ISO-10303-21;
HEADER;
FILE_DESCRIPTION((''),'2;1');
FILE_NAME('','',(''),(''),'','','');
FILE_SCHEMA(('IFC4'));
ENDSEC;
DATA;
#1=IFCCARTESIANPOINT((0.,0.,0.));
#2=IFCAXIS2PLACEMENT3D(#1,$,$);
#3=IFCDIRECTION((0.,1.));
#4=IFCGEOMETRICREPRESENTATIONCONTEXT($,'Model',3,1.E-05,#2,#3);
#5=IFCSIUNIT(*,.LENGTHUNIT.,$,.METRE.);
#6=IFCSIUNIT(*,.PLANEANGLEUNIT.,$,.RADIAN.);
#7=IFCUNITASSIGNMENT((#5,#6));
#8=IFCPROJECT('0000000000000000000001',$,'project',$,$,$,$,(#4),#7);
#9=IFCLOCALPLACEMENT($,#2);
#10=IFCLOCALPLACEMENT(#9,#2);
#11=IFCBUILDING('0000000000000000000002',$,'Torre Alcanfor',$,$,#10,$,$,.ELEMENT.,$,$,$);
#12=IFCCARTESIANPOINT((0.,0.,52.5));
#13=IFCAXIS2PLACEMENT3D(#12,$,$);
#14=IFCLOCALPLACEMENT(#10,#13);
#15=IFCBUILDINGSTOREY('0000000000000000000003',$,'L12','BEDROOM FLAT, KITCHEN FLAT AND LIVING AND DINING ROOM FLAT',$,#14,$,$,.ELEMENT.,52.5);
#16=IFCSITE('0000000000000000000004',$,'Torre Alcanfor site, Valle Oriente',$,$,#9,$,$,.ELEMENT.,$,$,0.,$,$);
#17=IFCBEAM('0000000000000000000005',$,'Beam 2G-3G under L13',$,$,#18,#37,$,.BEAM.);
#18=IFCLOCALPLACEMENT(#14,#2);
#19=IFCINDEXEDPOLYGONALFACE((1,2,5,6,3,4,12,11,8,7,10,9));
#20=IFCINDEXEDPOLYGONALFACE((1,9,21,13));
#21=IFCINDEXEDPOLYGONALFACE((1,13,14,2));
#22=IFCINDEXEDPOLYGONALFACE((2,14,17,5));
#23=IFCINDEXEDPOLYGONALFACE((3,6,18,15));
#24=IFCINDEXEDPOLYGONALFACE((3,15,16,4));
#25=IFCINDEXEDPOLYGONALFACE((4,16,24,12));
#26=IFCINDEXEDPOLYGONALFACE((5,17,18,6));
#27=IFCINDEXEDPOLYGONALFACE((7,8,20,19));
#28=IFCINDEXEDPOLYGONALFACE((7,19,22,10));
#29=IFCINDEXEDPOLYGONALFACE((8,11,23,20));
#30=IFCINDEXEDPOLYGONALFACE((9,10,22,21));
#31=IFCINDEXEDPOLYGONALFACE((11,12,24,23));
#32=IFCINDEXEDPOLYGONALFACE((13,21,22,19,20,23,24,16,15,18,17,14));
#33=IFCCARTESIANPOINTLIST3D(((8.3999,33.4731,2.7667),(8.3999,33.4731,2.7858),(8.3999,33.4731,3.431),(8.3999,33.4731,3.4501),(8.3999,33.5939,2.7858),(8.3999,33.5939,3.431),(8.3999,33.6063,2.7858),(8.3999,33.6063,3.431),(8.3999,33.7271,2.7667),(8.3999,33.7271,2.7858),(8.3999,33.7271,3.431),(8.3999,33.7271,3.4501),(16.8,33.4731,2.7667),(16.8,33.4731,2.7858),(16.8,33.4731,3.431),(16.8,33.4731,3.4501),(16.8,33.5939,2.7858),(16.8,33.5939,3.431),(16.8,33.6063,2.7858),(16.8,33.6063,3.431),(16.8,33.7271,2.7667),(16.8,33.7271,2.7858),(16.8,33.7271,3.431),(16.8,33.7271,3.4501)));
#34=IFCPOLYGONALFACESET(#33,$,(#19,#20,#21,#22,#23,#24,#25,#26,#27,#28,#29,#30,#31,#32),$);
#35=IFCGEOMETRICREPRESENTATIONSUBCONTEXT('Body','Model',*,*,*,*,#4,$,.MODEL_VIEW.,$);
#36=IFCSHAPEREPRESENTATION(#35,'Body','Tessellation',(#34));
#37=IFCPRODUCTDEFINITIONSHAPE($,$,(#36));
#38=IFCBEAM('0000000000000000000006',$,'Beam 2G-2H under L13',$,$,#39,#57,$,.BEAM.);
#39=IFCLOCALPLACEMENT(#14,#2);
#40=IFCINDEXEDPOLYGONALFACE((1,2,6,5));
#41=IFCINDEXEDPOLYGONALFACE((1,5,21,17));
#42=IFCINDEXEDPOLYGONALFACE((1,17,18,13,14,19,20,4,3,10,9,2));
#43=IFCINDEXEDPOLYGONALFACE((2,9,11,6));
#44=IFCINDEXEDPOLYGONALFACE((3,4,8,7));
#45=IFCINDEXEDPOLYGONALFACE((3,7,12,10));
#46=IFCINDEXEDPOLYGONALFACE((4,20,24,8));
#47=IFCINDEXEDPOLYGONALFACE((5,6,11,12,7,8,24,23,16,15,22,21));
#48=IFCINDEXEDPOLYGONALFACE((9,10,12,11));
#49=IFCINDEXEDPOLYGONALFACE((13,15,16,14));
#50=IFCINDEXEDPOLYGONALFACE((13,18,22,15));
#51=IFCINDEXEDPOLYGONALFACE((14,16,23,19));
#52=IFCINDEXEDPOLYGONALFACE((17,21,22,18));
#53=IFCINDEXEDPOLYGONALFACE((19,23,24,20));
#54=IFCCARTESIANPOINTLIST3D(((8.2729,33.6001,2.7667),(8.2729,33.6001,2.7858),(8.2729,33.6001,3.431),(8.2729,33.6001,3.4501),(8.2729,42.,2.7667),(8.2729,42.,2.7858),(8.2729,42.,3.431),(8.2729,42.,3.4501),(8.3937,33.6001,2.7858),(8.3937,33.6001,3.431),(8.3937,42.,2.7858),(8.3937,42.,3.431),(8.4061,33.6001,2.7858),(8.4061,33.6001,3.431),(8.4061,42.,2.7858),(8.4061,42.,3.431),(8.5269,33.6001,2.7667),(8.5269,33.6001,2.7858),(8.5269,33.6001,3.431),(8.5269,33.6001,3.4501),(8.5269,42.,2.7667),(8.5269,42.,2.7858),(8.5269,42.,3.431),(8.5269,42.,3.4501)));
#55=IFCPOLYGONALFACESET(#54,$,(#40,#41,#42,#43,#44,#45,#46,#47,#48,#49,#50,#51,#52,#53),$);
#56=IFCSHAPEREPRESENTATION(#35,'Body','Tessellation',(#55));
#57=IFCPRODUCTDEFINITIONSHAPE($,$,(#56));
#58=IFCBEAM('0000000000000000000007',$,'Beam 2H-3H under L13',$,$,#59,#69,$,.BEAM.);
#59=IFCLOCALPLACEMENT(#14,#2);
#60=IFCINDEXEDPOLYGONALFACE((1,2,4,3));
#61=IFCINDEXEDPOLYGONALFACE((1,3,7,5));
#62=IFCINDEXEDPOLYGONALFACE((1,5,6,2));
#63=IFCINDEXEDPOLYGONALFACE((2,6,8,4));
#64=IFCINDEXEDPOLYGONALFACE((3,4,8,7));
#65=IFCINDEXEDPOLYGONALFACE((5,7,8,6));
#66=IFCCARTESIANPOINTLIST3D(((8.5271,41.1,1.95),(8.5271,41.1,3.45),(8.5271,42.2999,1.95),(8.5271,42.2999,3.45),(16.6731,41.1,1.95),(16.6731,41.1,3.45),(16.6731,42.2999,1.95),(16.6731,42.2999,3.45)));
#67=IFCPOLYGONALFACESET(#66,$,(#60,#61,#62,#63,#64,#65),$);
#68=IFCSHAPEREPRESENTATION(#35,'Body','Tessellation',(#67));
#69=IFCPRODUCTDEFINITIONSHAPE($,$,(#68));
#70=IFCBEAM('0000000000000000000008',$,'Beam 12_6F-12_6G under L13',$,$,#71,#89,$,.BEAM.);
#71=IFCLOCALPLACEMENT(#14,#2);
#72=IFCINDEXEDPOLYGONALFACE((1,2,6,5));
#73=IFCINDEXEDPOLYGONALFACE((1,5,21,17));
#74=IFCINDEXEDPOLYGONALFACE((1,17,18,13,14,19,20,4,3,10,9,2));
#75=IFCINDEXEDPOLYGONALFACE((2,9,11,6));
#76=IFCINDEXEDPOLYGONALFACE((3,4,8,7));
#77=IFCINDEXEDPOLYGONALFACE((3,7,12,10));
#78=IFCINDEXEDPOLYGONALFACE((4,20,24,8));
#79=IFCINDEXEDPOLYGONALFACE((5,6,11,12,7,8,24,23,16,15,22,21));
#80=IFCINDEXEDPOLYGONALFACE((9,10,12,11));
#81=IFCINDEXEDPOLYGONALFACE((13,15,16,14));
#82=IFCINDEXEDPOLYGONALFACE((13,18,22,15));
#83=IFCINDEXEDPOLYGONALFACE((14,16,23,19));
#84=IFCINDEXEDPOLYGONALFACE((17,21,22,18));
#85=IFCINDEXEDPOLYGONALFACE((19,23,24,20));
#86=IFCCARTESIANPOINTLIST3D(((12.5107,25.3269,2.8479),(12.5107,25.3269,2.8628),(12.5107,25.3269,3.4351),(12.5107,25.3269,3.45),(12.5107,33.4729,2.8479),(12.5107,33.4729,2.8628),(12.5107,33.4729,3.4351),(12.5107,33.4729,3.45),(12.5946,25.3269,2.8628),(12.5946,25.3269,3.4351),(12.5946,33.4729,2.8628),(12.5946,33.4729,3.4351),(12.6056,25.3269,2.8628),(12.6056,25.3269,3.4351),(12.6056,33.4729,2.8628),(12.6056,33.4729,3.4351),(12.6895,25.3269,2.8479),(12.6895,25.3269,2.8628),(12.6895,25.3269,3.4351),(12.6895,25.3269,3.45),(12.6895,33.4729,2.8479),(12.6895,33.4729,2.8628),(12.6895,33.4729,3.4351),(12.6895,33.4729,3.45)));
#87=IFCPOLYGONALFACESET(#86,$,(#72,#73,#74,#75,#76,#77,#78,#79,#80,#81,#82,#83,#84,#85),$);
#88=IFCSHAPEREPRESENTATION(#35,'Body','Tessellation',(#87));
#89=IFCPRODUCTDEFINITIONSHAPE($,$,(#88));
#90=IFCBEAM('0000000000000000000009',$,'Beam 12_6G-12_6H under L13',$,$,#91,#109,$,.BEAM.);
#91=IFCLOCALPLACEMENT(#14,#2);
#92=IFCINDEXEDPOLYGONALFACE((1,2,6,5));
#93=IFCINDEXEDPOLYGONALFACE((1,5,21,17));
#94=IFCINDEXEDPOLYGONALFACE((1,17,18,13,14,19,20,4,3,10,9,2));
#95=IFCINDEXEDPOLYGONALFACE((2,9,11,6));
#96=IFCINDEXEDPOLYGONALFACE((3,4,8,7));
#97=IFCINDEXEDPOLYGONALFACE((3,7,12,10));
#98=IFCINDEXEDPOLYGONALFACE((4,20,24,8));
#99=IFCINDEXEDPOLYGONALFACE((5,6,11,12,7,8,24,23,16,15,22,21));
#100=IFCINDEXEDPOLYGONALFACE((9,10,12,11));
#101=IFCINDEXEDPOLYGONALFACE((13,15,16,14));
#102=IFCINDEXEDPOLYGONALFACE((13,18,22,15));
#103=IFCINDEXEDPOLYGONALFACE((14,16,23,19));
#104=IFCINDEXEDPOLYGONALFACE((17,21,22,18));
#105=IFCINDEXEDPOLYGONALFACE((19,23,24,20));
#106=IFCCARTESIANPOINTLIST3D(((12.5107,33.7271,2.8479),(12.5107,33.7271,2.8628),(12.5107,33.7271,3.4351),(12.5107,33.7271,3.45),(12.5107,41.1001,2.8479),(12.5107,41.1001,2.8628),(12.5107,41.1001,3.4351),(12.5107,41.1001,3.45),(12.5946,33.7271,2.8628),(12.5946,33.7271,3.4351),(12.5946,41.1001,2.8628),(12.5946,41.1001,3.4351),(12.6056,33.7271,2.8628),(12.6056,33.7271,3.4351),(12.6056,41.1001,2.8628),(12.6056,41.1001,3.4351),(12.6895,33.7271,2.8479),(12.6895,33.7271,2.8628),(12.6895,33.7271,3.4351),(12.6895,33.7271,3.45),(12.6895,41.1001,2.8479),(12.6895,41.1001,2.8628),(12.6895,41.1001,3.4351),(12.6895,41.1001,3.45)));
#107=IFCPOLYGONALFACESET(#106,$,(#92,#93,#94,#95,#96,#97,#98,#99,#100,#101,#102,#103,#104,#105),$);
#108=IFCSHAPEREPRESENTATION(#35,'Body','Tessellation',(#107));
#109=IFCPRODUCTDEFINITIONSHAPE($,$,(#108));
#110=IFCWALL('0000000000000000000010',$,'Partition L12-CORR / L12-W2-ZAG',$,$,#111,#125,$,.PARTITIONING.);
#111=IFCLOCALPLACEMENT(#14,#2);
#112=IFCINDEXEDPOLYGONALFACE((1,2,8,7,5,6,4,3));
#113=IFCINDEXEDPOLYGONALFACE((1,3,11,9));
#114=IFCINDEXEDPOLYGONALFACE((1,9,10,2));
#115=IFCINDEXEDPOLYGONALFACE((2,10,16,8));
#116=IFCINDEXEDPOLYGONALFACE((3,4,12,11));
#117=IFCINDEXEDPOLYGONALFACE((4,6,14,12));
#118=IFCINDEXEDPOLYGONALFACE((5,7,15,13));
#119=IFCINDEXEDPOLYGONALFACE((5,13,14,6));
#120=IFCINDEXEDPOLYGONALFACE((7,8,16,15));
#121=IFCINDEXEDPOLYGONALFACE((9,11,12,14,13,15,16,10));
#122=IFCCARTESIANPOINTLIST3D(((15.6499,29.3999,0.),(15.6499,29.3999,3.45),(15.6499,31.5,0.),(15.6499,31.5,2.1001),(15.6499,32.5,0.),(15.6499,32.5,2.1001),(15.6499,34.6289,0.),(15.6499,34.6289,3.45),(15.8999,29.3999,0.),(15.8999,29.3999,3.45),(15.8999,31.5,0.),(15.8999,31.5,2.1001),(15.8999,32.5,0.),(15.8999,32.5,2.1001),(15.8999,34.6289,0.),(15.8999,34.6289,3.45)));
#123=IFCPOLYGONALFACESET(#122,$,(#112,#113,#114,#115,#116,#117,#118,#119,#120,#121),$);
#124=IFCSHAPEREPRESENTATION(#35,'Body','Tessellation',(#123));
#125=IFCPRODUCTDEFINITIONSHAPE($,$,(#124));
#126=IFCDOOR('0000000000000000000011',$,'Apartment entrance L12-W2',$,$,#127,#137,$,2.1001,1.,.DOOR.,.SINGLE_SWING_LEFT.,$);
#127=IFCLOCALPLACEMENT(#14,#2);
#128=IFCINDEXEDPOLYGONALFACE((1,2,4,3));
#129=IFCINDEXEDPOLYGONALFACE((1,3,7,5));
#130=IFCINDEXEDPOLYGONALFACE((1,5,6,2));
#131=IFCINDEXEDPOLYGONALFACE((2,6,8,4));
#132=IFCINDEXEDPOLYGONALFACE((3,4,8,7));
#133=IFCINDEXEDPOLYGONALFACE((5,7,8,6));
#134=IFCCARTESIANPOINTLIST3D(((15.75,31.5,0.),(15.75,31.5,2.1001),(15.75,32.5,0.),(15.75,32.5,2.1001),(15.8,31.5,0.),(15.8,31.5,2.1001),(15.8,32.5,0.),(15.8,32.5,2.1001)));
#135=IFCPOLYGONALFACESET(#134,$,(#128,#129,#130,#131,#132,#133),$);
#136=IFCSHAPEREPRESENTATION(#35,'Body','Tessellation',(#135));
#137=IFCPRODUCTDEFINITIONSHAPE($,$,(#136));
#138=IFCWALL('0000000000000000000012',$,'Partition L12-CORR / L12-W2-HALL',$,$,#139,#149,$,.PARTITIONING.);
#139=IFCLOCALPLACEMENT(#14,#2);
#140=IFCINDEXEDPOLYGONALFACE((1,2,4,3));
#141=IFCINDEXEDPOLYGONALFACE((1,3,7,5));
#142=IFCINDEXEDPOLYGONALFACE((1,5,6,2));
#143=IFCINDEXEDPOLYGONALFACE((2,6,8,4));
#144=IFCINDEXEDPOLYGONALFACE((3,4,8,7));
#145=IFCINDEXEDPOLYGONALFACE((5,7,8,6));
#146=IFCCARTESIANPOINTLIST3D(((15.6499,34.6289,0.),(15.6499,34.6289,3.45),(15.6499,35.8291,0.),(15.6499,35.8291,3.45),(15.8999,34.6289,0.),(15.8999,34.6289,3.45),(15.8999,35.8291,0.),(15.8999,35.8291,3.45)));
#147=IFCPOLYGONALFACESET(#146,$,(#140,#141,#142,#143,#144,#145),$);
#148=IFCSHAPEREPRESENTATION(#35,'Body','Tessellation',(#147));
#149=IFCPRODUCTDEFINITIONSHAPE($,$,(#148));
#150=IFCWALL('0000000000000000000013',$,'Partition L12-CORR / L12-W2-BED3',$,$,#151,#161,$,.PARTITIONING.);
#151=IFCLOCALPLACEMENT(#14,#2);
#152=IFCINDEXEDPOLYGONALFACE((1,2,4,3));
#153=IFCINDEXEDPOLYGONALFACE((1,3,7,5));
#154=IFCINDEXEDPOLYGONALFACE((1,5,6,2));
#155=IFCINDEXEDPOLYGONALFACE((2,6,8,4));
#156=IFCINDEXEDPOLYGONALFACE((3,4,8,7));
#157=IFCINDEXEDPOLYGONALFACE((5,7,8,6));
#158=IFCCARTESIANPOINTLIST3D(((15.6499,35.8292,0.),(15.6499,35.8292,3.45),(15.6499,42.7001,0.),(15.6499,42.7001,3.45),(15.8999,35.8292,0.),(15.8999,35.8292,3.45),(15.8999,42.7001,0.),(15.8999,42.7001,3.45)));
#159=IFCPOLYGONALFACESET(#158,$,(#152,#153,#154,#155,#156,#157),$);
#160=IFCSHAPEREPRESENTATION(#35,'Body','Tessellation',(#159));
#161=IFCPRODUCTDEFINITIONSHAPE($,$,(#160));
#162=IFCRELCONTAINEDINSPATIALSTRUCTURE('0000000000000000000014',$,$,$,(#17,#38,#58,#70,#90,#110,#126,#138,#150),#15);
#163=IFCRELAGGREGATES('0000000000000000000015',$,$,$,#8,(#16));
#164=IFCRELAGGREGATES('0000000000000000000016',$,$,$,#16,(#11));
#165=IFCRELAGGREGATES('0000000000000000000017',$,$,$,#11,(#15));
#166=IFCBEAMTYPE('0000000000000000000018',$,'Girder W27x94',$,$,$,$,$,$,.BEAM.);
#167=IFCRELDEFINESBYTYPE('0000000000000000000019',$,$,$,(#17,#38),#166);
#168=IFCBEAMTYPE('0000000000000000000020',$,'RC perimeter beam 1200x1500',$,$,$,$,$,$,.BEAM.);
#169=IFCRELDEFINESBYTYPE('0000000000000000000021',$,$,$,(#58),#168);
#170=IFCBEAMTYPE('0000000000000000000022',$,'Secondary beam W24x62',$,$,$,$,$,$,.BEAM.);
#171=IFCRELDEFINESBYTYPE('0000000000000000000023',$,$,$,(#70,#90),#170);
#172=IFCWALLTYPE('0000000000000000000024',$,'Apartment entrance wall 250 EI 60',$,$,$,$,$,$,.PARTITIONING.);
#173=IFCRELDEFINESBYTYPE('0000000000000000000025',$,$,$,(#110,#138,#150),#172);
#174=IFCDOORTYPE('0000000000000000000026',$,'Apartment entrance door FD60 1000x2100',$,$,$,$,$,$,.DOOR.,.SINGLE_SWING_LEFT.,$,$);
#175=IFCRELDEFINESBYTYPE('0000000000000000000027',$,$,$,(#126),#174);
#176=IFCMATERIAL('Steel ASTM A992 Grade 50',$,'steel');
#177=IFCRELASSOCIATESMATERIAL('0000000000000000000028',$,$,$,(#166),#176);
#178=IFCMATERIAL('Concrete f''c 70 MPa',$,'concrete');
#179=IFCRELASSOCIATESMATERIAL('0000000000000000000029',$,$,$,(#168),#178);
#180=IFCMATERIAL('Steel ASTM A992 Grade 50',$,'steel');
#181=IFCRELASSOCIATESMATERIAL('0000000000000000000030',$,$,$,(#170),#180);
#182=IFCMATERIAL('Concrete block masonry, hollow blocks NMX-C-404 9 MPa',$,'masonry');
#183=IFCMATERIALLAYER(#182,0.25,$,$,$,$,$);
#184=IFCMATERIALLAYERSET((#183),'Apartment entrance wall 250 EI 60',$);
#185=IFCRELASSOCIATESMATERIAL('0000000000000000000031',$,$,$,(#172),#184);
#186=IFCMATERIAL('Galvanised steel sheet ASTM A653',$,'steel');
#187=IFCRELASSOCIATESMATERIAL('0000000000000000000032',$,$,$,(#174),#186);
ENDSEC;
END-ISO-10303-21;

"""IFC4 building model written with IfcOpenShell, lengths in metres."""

from ifc_helpers import new_model, si_unit, direction, frame, frame_2d, origin, origin_2d, place, context, subcontext, project, spatial, rectangle, i_section, extrude, material, layer, layer_set, material_profile, profile_set, type_object, element, fill, save


model = new_model("IFC4")

# Units and contexts
model_context = context("Model", 3, precision=1e-05, world=origin(), true_north=direction((0.0, 1.0)))
body_context = subcontext(model_context, "Body", "Model", "MODEL_VIEW")
ifc_project = project(units=[si_unit("LENGTHUNIT", "METRE"), si_unit("PLANEANGLEUNIT", "RADIAN")], contexts=[model_context])

# Site, building, storey
site_placement = place(None, origin())
site = spatial("IfcSite", under=ifc_project, at=site_placement, Name="Torre Alcanfor site, Valle Oriente", CompositionType="ELEMENT", RefElevation=0.0)
building_placement = place(site_placement, origin())
building = spatial("IfcBuilding", under=site, at=building_placement, Name="Torre Alcanfor", CompositionType="ELEMENT")
storey_placement = place(building_placement, frame((0.0, 0.0, 52.5)))
storey = spatial("IfcBuildingStorey", under=building, at=storey_placement, Name="L12", Description="BEDROOM FLAT, KITCHEN FLAT AND LIVING AND DINING ROOM FLAT", CompositionType="ELEMENT", Elevation=52.5)

# Beams
ifc_material_1 = material(Name="Steel ASTM A992 Grade 50", Category="steel")
ifc_material_profile_1 = material_profile(ifc_material_1, i_section(OverallWidth=0.2539, OverallDepth=0.6833, WebThickness=0.0125, FlangeThickness=0.019, at=origin_2d()), Name="W27x94")
ifc_profile_set_1 = profile_set([ifc_material_profile_1], Name="Steel ASTM A992 Grade 50")
beam_type_1 = type_object("IfcBeamType", Name="Girder W27x94", PredefinedType="BEAM", material=ifc_profile_set_1)
beam_1_placement = place(storey_placement, frame((8.3999, 33.6001, 3.1084), z_axis=(1.0, 0.0, 0.0), x_axis=(0.0, 1.0, 0.0)))
element("IfcBeam", 1, at=beam_1_placement, inside=storey, type_object=beam_type_1, Name="Beam 2G-3G under L13", PredefinedType="BEAM", context=body_context, shape_type="SweptSolid", body=[
    extrude(i_section(OverallWidth=0.2539, OverallDepth=0.6833, WebThickness=0.0125, FlangeThickness=0.019, at=origin_2d()), origin(), (0.0, 0.0, 1.0), 8.4001),
])
beam_2_placement = place(storey_placement, frame((8.3999, 33.6001, 3.1084), z_axis=(0.0, 1.0, 0.0), x_axis=(-1.0, 0.0, 0.0)))
element("IfcBeam", 2, at=beam_2_placement, inside=storey, type_object=beam_type_1, Name="Beam 2G-2H under L13", PredefinedType="BEAM", context=body_context, shape_type="SweptSolid", body=[
    extrude(i_section(OverallWidth=0.2539, OverallDepth=0.6833, WebThickness=0.0125, FlangeThickness=0.019, at=origin_2d()), origin(), (0.0, 0.0, 1.0), 8.3999),
])
ifc_material_2 = material(Name="Concrete f'c 70 MPa", Category="concrete")
ifc_material_profile_2 = material_profile(ifc_material_2, rectangle(XDim=1.2, YDim=1.5, at=origin_2d()), Name="1200x1500")
ifc_profile_set_2 = profile_set([ifc_material_profile_2], Name="Concrete f'c 70 MPa")
beam_type_2 = type_object("IfcBeamType", Name="RC perimeter beam 1200x1500", PredefinedType="BEAM", material=ifc_profile_set_2)
beam_3_placement = place(storey_placement, frame((8.5271, 41.7, 2.7), z_axis=(1.0, 0.0, 0.0), x_axis=(0.0, 1.0, 0.0)))
element("IfcBeam", 3, at=beam_3_placement, inside=storey, type_object=beam_type_2, Name="Beam 2H-3H under L13", PredefinedType="BEAM", context=body_context, shape_type="SweptSolid", body=[
    extrude(rectangle(XDim=1.2, YDim=1.5, at=origin_2d()), origin(), (0.0, 0.0, 1.0), 8.146),
])
ifc_material_3 = material(Name="Steel ASTM A992 Grade 50", Category="steel")
ifc_material_profile_3 = material_profile(ifc_material_3, i_section(OverallWidth=0.1787, OverallDepth=0.6021, WebThickness=0.011, FlangeThickness=0.0149, at=origin_2d()), Name="W24x62")
ifc_profile_set_3 = profile_set([ifc_material_profile_3], Name="Steel ASTM A992 Grade 50")
beam_type_3 = type_object("IfcBeamType", Name="Secondary beam W24x62", PredefinedType="BEAM", material=ifc_profile_set_3)
beam_4_placement = place(storey_placement, frame((12.6001, 25.3269, 3.1489), z_axis=(0.0, 1.0, 0.0), x_axis=(-1.0, 0.0, 0.0)))
element("IfcBeam", 4, at=beam_4_placement, inside=storey, type_object=beam_type_3, Name="Beam 12_6F-12_6G under L13", PredefinedType="BEAM", context=body_context, shape_type="SweptSolid", body=[
    extrude(i_section(OverallWidth=0.1787, OverallDepth=0.6021, WebThickness=0.011, FlangeThickness=0.0149, at=origin_2d()), origin(), (0.0, 0.0, 1.0), 8.146),
])
beam_5_placement = place(storey_placement, frame((12.6001, 33.7271, 3.1489), z_axis=(0.0, 1.0, 0.0), x_axis=(-1.0, 0.0, 0.0)))
element("IfcBeam", 5, at=beam_5_placement, inside=storey, type_object=beam_type_3, Name="Beam 12_6G-12_6H under L13", PredefinedType="BEAM", context=body_context, shape_type="SweptSolid", body=[
    extrude(i_section(OverallWidth=0.1787, OverallDepth=0.6021, WebThickness=0.011, FlangeThickness=0.0149, at=origin_2d()), origin(), (0.0, 0.0, 1.0), 7.373),
])

# Wall, opening, door
ifc_material_4 = material(Name="Concrete block masonry, hollow blocks NMX-C-404 9 MPa", Category="masonry")
ifc_layer_1 = layer(ifc_material_4, 0.25)
ifc_layer_set_1 = layer_set([ifc_layer_1], Name="Apartment entrance wall 250 EI 60")
wall_type_1 = type_object("IfcWallType", Name="Apartment entrance wall 250 EI 60", PredefinedType="PARTITIONING", material=ifc_layer_set_1)
wall_1_placement = place(storey_placement, frame((15.7749, 29.3999, 0.0), z_axis=(0.0, 0.0, 1.0), x_axis=(0.0, 1.0, 0.0)))
wall_1 = element("IfcWall", 6, at=wall_1_placement, inside=storey, type_object=wall_type_1, Name="Partition L12-CORR / L12-W2-ZAG", PredefinedType="PARTITIONING", context=body_context, shape_type="SweptSolid", body=[
    extrude(rectangle(XDim=5.229, YDim=0.25, at=frame_2d((2.6145, 0.0))), origin(), (0.0, 0.0, 1.0), 3.45),
])
opening_1_placement = place(wall_1_placement, frame((2.1001, 0.0, 0.0)))
opening_1 = element("IfcOpeningElement", 7, at=opening_1_placement, cuts=wall_1, PredefinedType="OPENING", context=body_context, shape_type="SweptSolid", body=[
    extrude(rectangle(XDim=1.0, YDim=2.1001, at=frame_2d((0.5, 1.05))), frame((0.0, 0.135, 0.0), z_axis=(0.0, -1.0, 0.0), x_axis=(1.0, 0.0, 0.0)), (0.0, 0.0, 1.0), 0.27),
])
ifc_material_5 = material(Name="Galvanised steel sheet ASTM A653", Category="steel")
door_type_1 = type_object("IfcDoorType", Name="Apartment entrance door FD60 1000x2100", OperationType="SINGLE_SWING_LEFT", PredefinedType="DOOR", material=ifc_material_5)
door_1_placement = place(opening_1_placement, origin())
door_1 = element("IfcDoor", 8, at=door_1_placement, inside=storey, type_object=door_type_1, Name="Apartment entrance L12-W2", OperationType="SINGLE_SWING_LEFT", OverallHeight=2.1001, OverallWidth=1.0, PredefinedType="DOOR", context=body_context, shape_type="SweptSolid", body=[
    extrude(rectangle(XDim=1.0, YDim=2.1001, at=frame_2d((0.5, 1.05))), frame((0.0, 0.0249, 0.0), z_axis=(0.0, -1.0, 0.0), x_axis=(1.0, 0.0, 0.0)), (0.0, 0.0, 1.0), 0.05),
])
fill(opening_1, door_1)

# Walls
wall_2_placement = place(storey_placement, frame((15.7749, 34.6289, 0.0), z_axis=(0.0, 0.0, 1.0), x_axis=(0.0, 1.0, 0.0)))
element("IfcWall", 9, at=wall_2_placement, inside=storey, type_object=wall_type_1, Name="Partition L12-CORR / L12-W2-HALL", PredefinedType="PARTITIONING", context=body_context, shape_type="SweptSolid", body=[
    extrude(rectangle(XDim=1.2002, YDim=0.25, at=frame_2d((0.6001, 0.0))), origin(), (0.0, 0.0, 1.0), 3.45),
])
wall_3_placement = place(storey_placement, frame((15.7749, 35.8291, 0.0), z_axis=(0.0, 0.0, 1.0), x_axis=(0.0, 1.0, 0.0)))
element("IfcWall", 10, at=wall_3_placement, inside=storey, type_object=wall_type_1, Name="Partition L12-CORR / L12-W2-BED3", PredefinedType="PARTITIONING", context=body_context, shape_type="SweptSolid", body=[
    extrude(rectangle(XDim=6.8708, YDim=0.25, at=frame_2d((3.4355, 0.0))), origin(), (0.0, 0.0, 1.0), 3.45),
])

save(model, "model.ifc")
